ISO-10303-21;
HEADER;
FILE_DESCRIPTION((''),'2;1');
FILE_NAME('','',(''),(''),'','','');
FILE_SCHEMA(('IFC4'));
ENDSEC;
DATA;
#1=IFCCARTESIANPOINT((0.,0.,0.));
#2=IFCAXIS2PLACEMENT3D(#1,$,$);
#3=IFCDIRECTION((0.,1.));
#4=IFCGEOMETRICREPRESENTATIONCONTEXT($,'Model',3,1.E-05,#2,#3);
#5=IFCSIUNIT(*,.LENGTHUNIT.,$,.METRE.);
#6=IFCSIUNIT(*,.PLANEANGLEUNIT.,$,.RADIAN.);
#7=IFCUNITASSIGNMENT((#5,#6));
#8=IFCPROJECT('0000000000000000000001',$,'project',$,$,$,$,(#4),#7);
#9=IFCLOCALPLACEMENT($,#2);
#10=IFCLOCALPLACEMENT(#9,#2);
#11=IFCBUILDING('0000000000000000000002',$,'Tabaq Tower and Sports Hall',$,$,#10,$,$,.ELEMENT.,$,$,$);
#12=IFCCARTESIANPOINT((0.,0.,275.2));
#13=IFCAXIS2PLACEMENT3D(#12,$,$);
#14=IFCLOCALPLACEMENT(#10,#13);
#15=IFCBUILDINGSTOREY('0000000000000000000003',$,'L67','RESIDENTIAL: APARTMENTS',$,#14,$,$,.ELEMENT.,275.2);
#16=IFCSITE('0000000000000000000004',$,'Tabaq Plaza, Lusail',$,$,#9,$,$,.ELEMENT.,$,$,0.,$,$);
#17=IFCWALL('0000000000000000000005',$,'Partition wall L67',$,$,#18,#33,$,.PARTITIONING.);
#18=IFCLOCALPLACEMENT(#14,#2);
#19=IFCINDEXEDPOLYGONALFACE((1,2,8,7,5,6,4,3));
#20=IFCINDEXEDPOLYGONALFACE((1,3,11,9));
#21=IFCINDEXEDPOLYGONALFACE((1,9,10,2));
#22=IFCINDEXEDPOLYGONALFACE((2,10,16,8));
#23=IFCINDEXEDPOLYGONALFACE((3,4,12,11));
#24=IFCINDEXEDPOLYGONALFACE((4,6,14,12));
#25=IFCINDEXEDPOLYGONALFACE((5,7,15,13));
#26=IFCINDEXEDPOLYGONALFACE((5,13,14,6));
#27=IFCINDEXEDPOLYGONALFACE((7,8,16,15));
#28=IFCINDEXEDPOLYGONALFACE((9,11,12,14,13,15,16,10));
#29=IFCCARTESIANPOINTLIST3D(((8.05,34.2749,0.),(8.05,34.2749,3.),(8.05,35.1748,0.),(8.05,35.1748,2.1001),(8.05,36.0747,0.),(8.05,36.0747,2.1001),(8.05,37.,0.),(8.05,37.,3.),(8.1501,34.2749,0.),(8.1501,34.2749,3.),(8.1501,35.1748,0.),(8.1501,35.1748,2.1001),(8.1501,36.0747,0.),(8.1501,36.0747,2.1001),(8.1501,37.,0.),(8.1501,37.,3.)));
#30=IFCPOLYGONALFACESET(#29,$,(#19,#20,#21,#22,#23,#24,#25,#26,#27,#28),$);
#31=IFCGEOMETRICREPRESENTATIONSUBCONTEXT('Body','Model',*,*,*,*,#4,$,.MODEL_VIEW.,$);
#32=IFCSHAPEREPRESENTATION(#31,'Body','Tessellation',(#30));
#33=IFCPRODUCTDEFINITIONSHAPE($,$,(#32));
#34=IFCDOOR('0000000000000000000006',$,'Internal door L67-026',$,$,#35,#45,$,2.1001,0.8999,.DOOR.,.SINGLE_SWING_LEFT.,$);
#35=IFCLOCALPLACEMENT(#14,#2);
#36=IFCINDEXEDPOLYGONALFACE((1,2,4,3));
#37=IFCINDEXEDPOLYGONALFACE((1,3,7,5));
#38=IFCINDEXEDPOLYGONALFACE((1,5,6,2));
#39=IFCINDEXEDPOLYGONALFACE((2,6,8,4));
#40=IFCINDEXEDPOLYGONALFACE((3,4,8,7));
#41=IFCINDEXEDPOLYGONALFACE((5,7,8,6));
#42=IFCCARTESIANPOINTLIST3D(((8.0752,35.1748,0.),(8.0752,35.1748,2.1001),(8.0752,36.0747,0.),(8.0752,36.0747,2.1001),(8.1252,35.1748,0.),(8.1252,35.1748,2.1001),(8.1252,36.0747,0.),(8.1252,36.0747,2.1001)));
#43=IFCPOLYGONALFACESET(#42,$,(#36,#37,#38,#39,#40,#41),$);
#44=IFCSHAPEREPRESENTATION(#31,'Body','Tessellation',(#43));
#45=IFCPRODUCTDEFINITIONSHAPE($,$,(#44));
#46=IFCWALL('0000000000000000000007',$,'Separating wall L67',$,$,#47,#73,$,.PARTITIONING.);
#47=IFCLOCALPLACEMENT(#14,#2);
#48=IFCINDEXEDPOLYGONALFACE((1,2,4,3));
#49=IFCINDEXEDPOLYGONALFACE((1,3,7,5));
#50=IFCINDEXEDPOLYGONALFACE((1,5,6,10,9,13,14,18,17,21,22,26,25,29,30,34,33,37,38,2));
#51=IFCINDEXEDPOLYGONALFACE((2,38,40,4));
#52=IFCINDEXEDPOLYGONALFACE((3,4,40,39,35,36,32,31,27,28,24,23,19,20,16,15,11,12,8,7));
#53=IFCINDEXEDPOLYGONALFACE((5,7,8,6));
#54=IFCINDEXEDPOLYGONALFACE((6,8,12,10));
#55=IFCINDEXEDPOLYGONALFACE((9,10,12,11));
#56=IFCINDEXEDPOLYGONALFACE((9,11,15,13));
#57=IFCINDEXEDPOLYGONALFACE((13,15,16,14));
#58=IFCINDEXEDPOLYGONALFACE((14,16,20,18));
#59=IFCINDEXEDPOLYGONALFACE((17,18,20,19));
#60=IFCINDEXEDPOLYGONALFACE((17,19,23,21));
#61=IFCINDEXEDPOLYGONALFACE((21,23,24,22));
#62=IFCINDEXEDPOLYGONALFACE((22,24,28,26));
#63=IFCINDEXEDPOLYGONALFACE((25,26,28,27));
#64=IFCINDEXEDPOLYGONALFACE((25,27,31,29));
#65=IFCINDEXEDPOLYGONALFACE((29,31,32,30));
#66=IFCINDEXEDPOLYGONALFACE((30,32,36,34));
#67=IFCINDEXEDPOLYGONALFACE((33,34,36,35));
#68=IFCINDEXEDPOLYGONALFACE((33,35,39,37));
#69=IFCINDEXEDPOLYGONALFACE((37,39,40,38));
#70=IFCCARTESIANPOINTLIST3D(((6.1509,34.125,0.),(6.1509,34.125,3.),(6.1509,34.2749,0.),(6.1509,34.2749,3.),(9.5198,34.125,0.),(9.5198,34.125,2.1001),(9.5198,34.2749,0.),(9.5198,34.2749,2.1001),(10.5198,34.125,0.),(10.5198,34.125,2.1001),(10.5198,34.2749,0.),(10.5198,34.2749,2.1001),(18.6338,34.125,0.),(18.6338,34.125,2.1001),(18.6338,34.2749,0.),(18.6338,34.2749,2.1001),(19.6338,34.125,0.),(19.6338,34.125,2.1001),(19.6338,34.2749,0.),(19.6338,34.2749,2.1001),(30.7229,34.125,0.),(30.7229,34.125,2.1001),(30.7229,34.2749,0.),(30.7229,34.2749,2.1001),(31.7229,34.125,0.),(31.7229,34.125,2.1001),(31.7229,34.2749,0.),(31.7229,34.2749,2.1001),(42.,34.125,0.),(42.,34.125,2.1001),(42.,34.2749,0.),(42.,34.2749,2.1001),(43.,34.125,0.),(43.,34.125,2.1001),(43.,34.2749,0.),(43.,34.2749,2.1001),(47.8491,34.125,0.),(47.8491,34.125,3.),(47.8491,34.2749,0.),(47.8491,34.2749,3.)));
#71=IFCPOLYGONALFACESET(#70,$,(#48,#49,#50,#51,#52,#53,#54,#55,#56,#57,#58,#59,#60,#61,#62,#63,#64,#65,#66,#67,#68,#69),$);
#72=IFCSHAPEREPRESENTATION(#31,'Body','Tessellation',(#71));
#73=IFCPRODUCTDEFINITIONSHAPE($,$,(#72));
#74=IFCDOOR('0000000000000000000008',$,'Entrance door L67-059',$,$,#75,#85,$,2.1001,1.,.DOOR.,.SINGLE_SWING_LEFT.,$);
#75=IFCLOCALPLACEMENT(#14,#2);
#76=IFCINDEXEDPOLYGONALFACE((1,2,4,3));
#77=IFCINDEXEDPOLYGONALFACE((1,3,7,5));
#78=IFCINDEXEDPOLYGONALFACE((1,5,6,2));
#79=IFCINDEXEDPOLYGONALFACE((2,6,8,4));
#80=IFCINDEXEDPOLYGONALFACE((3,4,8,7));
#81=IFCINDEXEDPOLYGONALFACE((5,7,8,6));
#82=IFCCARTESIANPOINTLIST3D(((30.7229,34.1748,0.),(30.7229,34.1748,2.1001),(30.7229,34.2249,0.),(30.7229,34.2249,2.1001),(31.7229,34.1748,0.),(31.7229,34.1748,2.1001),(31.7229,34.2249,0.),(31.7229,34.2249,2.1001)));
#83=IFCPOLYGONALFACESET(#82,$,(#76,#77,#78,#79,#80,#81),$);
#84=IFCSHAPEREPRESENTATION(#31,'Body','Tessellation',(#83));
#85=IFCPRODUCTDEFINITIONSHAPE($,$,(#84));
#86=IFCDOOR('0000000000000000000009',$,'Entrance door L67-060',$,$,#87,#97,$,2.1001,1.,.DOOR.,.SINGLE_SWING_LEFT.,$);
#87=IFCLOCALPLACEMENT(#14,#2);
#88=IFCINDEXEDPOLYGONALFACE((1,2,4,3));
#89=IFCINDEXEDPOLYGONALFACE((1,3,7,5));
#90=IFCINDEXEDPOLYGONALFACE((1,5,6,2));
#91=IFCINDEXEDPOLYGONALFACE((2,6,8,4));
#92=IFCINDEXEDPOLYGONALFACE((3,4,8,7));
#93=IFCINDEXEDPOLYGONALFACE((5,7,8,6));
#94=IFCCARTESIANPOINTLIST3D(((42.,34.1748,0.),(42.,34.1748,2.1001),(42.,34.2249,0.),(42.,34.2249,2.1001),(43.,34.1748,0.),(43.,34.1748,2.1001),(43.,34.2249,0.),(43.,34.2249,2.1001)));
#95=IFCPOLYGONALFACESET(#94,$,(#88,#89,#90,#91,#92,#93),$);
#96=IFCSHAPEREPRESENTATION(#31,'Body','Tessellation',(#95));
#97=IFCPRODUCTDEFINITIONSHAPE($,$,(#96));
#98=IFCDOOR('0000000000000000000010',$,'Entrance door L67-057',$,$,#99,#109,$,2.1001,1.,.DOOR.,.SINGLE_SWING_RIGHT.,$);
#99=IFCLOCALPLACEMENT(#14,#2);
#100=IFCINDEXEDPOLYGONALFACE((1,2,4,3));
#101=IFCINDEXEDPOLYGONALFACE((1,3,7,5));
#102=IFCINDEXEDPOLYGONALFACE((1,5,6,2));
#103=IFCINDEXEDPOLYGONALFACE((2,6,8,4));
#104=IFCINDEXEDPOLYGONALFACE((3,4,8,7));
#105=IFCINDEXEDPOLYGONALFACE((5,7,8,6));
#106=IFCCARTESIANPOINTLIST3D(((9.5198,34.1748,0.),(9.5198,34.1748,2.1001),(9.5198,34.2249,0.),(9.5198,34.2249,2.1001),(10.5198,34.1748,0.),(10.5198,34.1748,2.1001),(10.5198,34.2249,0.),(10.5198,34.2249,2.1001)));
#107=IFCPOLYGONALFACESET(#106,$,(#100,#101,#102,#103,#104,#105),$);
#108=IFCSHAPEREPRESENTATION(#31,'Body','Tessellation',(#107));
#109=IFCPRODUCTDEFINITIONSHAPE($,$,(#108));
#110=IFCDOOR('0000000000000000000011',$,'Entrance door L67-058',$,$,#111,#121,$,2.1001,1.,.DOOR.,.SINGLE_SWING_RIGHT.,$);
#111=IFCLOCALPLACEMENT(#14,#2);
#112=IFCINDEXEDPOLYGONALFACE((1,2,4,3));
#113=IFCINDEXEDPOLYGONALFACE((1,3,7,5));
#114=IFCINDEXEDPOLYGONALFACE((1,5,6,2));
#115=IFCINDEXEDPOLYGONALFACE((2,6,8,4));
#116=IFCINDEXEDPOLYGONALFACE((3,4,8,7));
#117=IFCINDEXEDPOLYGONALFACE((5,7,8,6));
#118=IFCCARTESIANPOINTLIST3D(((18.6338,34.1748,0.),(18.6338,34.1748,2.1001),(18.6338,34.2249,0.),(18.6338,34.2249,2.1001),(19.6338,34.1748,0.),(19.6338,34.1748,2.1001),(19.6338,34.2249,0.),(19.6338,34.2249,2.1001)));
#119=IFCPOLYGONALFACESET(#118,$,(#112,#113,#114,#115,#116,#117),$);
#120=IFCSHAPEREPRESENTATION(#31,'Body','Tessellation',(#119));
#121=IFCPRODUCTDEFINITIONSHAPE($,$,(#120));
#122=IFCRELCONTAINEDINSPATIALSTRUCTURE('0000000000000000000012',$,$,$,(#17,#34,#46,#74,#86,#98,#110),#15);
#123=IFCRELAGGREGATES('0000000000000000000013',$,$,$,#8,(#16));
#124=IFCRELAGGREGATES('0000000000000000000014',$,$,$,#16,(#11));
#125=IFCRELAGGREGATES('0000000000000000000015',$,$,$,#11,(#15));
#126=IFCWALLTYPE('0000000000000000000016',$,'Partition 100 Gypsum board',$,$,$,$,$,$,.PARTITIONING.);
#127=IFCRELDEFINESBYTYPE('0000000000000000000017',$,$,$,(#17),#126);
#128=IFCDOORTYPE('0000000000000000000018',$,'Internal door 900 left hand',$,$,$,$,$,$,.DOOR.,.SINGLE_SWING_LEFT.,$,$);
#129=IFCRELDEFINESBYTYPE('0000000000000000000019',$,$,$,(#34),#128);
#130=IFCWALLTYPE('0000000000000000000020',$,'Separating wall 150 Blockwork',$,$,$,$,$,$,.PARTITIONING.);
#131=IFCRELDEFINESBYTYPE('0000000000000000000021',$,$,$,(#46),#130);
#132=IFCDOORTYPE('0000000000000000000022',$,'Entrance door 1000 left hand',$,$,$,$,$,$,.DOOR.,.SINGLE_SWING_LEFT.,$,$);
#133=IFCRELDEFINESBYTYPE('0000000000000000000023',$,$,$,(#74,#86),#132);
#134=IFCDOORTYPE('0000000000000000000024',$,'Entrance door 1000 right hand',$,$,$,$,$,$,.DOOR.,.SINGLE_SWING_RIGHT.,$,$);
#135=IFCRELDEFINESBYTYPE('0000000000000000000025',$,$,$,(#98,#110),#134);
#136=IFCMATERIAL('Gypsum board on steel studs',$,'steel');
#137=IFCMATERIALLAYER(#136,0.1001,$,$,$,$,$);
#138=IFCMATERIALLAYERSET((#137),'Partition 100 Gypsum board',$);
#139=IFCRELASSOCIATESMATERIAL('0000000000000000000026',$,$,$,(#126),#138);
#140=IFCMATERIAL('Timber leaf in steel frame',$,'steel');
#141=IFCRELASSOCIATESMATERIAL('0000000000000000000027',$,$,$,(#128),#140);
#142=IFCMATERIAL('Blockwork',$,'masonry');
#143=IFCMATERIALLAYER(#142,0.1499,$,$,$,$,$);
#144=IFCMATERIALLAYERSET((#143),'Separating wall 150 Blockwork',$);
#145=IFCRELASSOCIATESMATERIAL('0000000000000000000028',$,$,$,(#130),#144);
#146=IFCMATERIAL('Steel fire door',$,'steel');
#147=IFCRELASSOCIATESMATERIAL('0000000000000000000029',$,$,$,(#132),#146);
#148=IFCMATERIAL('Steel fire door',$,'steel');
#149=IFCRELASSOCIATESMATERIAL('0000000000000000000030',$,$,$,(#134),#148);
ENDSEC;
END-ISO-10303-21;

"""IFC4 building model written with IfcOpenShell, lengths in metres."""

from ifc_helpers import new_model, si_unit, direction, frame, frame_2d, origin, place, context, subcontext, project, spatial, rectangle, extrude, material, layer, layer_set, type_object, element, fill, save


model = new_model("IFC4")

# Units and contexts
model_context = context("Model", 3, precision=1e-05, world=origin(), true_north=direction((0.0, 1.0)))
body_context = subcontext(model_context, "Body", "Model", "MODEL_VIEW")
ifc_project = project(units=[si_unit("LENGTHUNIT", "METRE"), si_unit("PLANEANGLEUNIT", "RADIAN")], contexts=[model_context])

# Site, building, storey
site_placement = place(None, origin())
site = spatial("IfcSite", under=ifc_project, at=site_placement, Name="Tabaq Plaza, Lusail", CompositionType="ELEMENT", RefElevation=0.0)
building_placement = place(site_placement, origin())
building = spatial("IfcBuilding", under=site, at=building_placement, Name="Tabaq Tower and Sports Hall", CompositionType="ELEMENT")
storey_placement = place(building_placement, frame((0.0, 0.0, 275.2)))
storey = spatial("IfcBuildingStorey", under=building, at=storey_placement, Name="L67", Description="RESIDENTIAL: APARTMENTS", CompositionType="ELEMENT", Elevation=275.2)

# Shared definitions
ifc_material_1 = material(Name="Gypsum board on steel studs", Category="steel")
ifc_layer_1 = layer(ifc_material_1, 0.1001)
ifc_layer_set_1 = layer_set([ifc_layer_1], Name="Partition 100 Gypsum board")
wall_type_1 = type_object("IfcWallType", Name="Partition 100 Gypsum board", PredefinedType="PARTITIONING", material=ifc_layer_set_1)

# Shared definitions
ifc_material_2 = material(Name="Timber leaf in steel frame", Category="steel")
door_type_1 = type_object("IfcDoorType", Name="Internal door 900 left hand", OperationType="SINGLE_SWING_LEFT", PredefinedType="DOOR", material=ifc_material_2)

# Wall, opening, door
wall_1_placement = place(storey_placement, frame((8.1001, 34.2749, 0.0), z_axis=(0.0, 0.0, 1.0), x_axis=(0.0, 1.0, 0.0)))
wall_1 = element("IfcWall", 1, at=wall_1_placement, inside=storey, type_object=wall_type_1, Name="Partition wall L67", PredefinedType="PARTITIONING", context=body_context, shape_type="SweptSolid", body=[
    extrude(rectangle(XDim=2.7251, YDim=0.1001, at=frame_2d((1.3625, 0.0))), origin(), (0.0, 0.0, 1.0), 3.0),
])
opening_1_placement = place(wall_1_placement, frame((0.8999, 0.0, 0.0)))
opening_1 = element("IfcOpeningElement", 2, at=opening_1_placement, cuts=wall_1, PredefinedType="OPENING", context=body_context, shape_type="SweptSolid", body=[
    extrude(rectangle(XDim=0.8999, YDim=2.1001, at=frame_2d((0.45, 1.05))), frame((0.0, 0.05, 0.0), z_axis=(0.0, -1.0, 0.0), x_axis=(1.0, 0.0, 0.0)), (0.0, 0.0, 1.0), 0.1001),
])
door_1_placement = place(opening_1_placement, origin())
door_1 = element("IfcDoor", 3, at=door_1_placement, inside=storey, type_object=door_type_1, Name="Internal door L67-026", OperationType="SINGLE_SWING_LEFT", OverallHeight=2.1001, OverallWidth=0.8999, PredefinedType="DOOR", context=body_context, shape_type="SweptSolid", body=[
    extrude(rectangle(XDim=0.8999, YDim=2.1001, at=frame_2d((0.45, 1.05))), frame((0.0, 0.0249, 0.0), z_axis=(0.0, -1.0, 0.0), x_axis=(1.0, 0.0, 0.0)), (0.0, 0.0, 1.0), 0.05),
])
fill(opening_1, door_1)

# Wall, openings, doors
ifc_material_3 = material(Name="Blockwork", Category="masonry")
ifc_layer_2 = layer(ifc_material_3, 0.1499)
ifc_layer_set_2 = layer_set([ifc_layer_2], Name="Separating wall 150 Blockwork")
wall_type_2 = type_object("IfcWallType", Name="Separating wall 150 Blockwork", PredefinedType="PARTITIONING", material=ifc_layer_set_2)
wall_2_placement = place(storey_placement, frame((6.1509, 34.2, 0.0), z_axis=(0.0, 0.0, 1.0), x_axis=(1.0, 0.0, 0.0)))
wall_2 = element("IfcWall", 4, at=wall_2_placement, inside=storey, type_object=wall_type_2, Name="Separating wall L67", PredefinedType="PARTITIONING", context=body_context, shape_type="SweptSolid", body=[
    extrude(rectangle(XDim=41.6982, YDim=0.1499, at=frame_2d((20.8491, 0.0))), origin(), (0.0, 0.0, 1.0), 3.0),
])
opening_2_placement = place(wall_2_placement, frame((3.3689, 0.0, 0.0)))
opening_2 = element("IfcOpeningElement", 5, at=opening_2_placement, cuts=wall_2, PredefinedType="OPENING", context=body_context, shape_type="SweptSolid", body=[
    extrude(rectangle(XDim=1.0, YDim=2.1001, at=frame_2d((0.5, 1.05))), frame((0.0, 0.075, 0.0), z_axis=(0.0, -1.0, 0.0), x_axis=(1.0, 0.0, 0.0)), (0.0, 0.0, 1.0), 0.1499),
])
opening_3_placement = place(wall_2_placement, frame((12.4829, 0.0, 0.0)))
opening_3 = element("IfcOpeningElement", 6, at=opening_3_placement, cuts=wall_2, PredefinedType="OPENING", context=body_context, shape_type="SweptSolid", body=[
    extrude(rectangle(XDim=1.0, YDim=2.1001, at=frame_2d((0.5, 1.05))), frame((0.0, 0.075, 0.0), z_axis=(0.0, -1.0, 0.0), x_axis=(1.0, 0.0, 0.0)), (0.0, 0.0, 1.0), 0.1499),
])
opening_4_placement = place(wall_2_placement, frame((24.572, 0.0, 0.0)))
opening_4 = element("IfcOpeningElement", 7, at=opening_4_placement, cuts=wall_2, PredefinedType="OPENING", context=body_context, shape_type="SweptSolid", body=[
    extrude(rectangle(XDim=1.0, YDim=2.1001, at=frame_2d((0.5, 1.05))), frame((0.0, 0.075, 0.0), z_axis=(0.0, -1.0, 0.0), x_axis=(1.0, 0.0, 0.0)), (0.0, 0.0, 1.0), 0.1499),
])
opening_5_placement = place(wall_2_placement, frame((35.8491, 0.0, 0.0)))
opening_5 = element("IfcOpeningElement", 8, at=opening_5_placement, cuts=wall_2, PredefinedType="OPENING", context=body_context, shape_type="SweptSolid", body=[
    extrude(rectangle(XDim=1.0, YDim=2.1001, at=frame_2d((0.5, 1.05))), frame((0.0, 0.075, 0.0), z_axis=(0.0, -1.0, 0.0), x_axis=(1.0, 0.0, 0.0)), (0.0, 0.0, 1.0), 0.1499),
])
ifc_material_4 = material(Name="Steel fire door", Category="steel")
door_type_2 = type_object("IfcDoorType", Name="Entrance door 1000 left hand", OperationType="SINGLE_SWING_LEFT", PredefinedType="DOOR", material=ifc_material_4)
door_2_placement = place(opening_4_placement, origin())
door_2 = element("IfcDoor", 9, at=door_2_placement, inside=storey, type_object=door_type_2, Name="Entrance door L67-059", OperationType="SINGLE_SWING_LEFT", OverallHeight=2.1001, OverallWidth=1.0, PredefinedType="DOOR", context=body_context, shape_type="SweptSolid", body=[
    extrude(rectangle(XDim=1.0, YDim=2.1001, at=frame_2d((0.5, 1.05))), frame((0.0, 0.0249, 0.0), z_axis=(0.0, -1.0, 0.0), x_axis=(1.0, 0.0, 0.0)), (0.0, 0.0, 1.0), 0.05),
])
fill(opening_4, door_2)
door_3_placement = place(opening_5_placement, origin())
door_3 = element("IfcDoor", 10, at=door_3_placement, inside=storey, type_object=door_type_2, Name="Entrance door L67-060", OperationType="SINGLE_SWING_LEFT", OverallHeight=2.1001, OverallWidth=1.0, PredefinedType="DOOR", context=body_context, shape_type="SweptSolid", body=[
    extrude(rectangle(XDim=1.0, YDim=2.1001, at=frame_2d((0.5, 1.05))), frame((0.0, 0.0249, 0.0), z_axis=(0.0, -1.0, 0.0), x_axis=(1.0, 0.0, 0.0)), (0.0, 0.0, 1.0), 0.05),
])
fill(opening_5, door_3)
ifc_material_5 = material(Name="Steel fire door", Category="steel")
door_type_3 = type_object("IfcDoorType", Name="Entrance door 1000 right hand", OperationType="SINGLE_SWING_RIGHT", PredefinedType="DOOR", material=ifc_material_5)
door_4_placement = place(opening_2_placement, origin())
door_4 = element("IfcDoor", 11, at=door_4_placement, inside=storey, type_object=door_type_3, Name="Entrance door L67-057", OperationType="SINGLE_SWING_RIGHT", OverallHeight=2.1001, OverallWidth=1.0, PredefinedType="DOOR", context=body_context, shape_type="SweptSolid", body=[
    extrude(rectangle(XDim=1.0, YDim=2.1001, at=frame_2d((0.5, 1.05))), frame((0.0, 0.0249, 0.0), z_axis=(0.0, -1.0, 0.0), x_axis=(1.0, 0.0, 0.0)), (0.0, 0.0, 1.0), 0.05),
])
fill(opening_2, door_4)
door_5_placement = place(opening_3_placement, origin())
door_5 = element("IfcDoor", 12, at=door_5_placement, inside=storey, type_object=door_type_3, Name="Entrance door L67-058", OperationType="SINGLE_SWING_RIGHT", OverallHeight=2.1001, OverallWidth=1.0, PredefinedType="DOOR", context=body_context, shape_type="SweptSolid", body=[
    extrude(rectangle(XDim=1.0, YDim=2.1001, at=frame_2d((0.5, 1.05))), frame((0.0, 0.0249, 0.0), z_axis=(0.0, -1.0, 0.0), x_axis=(1.0, 0.0, 0.0)), (0.0, 0.0, 1.0), 0.05),
])
fill(opening_3, door_5)

save(model, "model.ifc")
